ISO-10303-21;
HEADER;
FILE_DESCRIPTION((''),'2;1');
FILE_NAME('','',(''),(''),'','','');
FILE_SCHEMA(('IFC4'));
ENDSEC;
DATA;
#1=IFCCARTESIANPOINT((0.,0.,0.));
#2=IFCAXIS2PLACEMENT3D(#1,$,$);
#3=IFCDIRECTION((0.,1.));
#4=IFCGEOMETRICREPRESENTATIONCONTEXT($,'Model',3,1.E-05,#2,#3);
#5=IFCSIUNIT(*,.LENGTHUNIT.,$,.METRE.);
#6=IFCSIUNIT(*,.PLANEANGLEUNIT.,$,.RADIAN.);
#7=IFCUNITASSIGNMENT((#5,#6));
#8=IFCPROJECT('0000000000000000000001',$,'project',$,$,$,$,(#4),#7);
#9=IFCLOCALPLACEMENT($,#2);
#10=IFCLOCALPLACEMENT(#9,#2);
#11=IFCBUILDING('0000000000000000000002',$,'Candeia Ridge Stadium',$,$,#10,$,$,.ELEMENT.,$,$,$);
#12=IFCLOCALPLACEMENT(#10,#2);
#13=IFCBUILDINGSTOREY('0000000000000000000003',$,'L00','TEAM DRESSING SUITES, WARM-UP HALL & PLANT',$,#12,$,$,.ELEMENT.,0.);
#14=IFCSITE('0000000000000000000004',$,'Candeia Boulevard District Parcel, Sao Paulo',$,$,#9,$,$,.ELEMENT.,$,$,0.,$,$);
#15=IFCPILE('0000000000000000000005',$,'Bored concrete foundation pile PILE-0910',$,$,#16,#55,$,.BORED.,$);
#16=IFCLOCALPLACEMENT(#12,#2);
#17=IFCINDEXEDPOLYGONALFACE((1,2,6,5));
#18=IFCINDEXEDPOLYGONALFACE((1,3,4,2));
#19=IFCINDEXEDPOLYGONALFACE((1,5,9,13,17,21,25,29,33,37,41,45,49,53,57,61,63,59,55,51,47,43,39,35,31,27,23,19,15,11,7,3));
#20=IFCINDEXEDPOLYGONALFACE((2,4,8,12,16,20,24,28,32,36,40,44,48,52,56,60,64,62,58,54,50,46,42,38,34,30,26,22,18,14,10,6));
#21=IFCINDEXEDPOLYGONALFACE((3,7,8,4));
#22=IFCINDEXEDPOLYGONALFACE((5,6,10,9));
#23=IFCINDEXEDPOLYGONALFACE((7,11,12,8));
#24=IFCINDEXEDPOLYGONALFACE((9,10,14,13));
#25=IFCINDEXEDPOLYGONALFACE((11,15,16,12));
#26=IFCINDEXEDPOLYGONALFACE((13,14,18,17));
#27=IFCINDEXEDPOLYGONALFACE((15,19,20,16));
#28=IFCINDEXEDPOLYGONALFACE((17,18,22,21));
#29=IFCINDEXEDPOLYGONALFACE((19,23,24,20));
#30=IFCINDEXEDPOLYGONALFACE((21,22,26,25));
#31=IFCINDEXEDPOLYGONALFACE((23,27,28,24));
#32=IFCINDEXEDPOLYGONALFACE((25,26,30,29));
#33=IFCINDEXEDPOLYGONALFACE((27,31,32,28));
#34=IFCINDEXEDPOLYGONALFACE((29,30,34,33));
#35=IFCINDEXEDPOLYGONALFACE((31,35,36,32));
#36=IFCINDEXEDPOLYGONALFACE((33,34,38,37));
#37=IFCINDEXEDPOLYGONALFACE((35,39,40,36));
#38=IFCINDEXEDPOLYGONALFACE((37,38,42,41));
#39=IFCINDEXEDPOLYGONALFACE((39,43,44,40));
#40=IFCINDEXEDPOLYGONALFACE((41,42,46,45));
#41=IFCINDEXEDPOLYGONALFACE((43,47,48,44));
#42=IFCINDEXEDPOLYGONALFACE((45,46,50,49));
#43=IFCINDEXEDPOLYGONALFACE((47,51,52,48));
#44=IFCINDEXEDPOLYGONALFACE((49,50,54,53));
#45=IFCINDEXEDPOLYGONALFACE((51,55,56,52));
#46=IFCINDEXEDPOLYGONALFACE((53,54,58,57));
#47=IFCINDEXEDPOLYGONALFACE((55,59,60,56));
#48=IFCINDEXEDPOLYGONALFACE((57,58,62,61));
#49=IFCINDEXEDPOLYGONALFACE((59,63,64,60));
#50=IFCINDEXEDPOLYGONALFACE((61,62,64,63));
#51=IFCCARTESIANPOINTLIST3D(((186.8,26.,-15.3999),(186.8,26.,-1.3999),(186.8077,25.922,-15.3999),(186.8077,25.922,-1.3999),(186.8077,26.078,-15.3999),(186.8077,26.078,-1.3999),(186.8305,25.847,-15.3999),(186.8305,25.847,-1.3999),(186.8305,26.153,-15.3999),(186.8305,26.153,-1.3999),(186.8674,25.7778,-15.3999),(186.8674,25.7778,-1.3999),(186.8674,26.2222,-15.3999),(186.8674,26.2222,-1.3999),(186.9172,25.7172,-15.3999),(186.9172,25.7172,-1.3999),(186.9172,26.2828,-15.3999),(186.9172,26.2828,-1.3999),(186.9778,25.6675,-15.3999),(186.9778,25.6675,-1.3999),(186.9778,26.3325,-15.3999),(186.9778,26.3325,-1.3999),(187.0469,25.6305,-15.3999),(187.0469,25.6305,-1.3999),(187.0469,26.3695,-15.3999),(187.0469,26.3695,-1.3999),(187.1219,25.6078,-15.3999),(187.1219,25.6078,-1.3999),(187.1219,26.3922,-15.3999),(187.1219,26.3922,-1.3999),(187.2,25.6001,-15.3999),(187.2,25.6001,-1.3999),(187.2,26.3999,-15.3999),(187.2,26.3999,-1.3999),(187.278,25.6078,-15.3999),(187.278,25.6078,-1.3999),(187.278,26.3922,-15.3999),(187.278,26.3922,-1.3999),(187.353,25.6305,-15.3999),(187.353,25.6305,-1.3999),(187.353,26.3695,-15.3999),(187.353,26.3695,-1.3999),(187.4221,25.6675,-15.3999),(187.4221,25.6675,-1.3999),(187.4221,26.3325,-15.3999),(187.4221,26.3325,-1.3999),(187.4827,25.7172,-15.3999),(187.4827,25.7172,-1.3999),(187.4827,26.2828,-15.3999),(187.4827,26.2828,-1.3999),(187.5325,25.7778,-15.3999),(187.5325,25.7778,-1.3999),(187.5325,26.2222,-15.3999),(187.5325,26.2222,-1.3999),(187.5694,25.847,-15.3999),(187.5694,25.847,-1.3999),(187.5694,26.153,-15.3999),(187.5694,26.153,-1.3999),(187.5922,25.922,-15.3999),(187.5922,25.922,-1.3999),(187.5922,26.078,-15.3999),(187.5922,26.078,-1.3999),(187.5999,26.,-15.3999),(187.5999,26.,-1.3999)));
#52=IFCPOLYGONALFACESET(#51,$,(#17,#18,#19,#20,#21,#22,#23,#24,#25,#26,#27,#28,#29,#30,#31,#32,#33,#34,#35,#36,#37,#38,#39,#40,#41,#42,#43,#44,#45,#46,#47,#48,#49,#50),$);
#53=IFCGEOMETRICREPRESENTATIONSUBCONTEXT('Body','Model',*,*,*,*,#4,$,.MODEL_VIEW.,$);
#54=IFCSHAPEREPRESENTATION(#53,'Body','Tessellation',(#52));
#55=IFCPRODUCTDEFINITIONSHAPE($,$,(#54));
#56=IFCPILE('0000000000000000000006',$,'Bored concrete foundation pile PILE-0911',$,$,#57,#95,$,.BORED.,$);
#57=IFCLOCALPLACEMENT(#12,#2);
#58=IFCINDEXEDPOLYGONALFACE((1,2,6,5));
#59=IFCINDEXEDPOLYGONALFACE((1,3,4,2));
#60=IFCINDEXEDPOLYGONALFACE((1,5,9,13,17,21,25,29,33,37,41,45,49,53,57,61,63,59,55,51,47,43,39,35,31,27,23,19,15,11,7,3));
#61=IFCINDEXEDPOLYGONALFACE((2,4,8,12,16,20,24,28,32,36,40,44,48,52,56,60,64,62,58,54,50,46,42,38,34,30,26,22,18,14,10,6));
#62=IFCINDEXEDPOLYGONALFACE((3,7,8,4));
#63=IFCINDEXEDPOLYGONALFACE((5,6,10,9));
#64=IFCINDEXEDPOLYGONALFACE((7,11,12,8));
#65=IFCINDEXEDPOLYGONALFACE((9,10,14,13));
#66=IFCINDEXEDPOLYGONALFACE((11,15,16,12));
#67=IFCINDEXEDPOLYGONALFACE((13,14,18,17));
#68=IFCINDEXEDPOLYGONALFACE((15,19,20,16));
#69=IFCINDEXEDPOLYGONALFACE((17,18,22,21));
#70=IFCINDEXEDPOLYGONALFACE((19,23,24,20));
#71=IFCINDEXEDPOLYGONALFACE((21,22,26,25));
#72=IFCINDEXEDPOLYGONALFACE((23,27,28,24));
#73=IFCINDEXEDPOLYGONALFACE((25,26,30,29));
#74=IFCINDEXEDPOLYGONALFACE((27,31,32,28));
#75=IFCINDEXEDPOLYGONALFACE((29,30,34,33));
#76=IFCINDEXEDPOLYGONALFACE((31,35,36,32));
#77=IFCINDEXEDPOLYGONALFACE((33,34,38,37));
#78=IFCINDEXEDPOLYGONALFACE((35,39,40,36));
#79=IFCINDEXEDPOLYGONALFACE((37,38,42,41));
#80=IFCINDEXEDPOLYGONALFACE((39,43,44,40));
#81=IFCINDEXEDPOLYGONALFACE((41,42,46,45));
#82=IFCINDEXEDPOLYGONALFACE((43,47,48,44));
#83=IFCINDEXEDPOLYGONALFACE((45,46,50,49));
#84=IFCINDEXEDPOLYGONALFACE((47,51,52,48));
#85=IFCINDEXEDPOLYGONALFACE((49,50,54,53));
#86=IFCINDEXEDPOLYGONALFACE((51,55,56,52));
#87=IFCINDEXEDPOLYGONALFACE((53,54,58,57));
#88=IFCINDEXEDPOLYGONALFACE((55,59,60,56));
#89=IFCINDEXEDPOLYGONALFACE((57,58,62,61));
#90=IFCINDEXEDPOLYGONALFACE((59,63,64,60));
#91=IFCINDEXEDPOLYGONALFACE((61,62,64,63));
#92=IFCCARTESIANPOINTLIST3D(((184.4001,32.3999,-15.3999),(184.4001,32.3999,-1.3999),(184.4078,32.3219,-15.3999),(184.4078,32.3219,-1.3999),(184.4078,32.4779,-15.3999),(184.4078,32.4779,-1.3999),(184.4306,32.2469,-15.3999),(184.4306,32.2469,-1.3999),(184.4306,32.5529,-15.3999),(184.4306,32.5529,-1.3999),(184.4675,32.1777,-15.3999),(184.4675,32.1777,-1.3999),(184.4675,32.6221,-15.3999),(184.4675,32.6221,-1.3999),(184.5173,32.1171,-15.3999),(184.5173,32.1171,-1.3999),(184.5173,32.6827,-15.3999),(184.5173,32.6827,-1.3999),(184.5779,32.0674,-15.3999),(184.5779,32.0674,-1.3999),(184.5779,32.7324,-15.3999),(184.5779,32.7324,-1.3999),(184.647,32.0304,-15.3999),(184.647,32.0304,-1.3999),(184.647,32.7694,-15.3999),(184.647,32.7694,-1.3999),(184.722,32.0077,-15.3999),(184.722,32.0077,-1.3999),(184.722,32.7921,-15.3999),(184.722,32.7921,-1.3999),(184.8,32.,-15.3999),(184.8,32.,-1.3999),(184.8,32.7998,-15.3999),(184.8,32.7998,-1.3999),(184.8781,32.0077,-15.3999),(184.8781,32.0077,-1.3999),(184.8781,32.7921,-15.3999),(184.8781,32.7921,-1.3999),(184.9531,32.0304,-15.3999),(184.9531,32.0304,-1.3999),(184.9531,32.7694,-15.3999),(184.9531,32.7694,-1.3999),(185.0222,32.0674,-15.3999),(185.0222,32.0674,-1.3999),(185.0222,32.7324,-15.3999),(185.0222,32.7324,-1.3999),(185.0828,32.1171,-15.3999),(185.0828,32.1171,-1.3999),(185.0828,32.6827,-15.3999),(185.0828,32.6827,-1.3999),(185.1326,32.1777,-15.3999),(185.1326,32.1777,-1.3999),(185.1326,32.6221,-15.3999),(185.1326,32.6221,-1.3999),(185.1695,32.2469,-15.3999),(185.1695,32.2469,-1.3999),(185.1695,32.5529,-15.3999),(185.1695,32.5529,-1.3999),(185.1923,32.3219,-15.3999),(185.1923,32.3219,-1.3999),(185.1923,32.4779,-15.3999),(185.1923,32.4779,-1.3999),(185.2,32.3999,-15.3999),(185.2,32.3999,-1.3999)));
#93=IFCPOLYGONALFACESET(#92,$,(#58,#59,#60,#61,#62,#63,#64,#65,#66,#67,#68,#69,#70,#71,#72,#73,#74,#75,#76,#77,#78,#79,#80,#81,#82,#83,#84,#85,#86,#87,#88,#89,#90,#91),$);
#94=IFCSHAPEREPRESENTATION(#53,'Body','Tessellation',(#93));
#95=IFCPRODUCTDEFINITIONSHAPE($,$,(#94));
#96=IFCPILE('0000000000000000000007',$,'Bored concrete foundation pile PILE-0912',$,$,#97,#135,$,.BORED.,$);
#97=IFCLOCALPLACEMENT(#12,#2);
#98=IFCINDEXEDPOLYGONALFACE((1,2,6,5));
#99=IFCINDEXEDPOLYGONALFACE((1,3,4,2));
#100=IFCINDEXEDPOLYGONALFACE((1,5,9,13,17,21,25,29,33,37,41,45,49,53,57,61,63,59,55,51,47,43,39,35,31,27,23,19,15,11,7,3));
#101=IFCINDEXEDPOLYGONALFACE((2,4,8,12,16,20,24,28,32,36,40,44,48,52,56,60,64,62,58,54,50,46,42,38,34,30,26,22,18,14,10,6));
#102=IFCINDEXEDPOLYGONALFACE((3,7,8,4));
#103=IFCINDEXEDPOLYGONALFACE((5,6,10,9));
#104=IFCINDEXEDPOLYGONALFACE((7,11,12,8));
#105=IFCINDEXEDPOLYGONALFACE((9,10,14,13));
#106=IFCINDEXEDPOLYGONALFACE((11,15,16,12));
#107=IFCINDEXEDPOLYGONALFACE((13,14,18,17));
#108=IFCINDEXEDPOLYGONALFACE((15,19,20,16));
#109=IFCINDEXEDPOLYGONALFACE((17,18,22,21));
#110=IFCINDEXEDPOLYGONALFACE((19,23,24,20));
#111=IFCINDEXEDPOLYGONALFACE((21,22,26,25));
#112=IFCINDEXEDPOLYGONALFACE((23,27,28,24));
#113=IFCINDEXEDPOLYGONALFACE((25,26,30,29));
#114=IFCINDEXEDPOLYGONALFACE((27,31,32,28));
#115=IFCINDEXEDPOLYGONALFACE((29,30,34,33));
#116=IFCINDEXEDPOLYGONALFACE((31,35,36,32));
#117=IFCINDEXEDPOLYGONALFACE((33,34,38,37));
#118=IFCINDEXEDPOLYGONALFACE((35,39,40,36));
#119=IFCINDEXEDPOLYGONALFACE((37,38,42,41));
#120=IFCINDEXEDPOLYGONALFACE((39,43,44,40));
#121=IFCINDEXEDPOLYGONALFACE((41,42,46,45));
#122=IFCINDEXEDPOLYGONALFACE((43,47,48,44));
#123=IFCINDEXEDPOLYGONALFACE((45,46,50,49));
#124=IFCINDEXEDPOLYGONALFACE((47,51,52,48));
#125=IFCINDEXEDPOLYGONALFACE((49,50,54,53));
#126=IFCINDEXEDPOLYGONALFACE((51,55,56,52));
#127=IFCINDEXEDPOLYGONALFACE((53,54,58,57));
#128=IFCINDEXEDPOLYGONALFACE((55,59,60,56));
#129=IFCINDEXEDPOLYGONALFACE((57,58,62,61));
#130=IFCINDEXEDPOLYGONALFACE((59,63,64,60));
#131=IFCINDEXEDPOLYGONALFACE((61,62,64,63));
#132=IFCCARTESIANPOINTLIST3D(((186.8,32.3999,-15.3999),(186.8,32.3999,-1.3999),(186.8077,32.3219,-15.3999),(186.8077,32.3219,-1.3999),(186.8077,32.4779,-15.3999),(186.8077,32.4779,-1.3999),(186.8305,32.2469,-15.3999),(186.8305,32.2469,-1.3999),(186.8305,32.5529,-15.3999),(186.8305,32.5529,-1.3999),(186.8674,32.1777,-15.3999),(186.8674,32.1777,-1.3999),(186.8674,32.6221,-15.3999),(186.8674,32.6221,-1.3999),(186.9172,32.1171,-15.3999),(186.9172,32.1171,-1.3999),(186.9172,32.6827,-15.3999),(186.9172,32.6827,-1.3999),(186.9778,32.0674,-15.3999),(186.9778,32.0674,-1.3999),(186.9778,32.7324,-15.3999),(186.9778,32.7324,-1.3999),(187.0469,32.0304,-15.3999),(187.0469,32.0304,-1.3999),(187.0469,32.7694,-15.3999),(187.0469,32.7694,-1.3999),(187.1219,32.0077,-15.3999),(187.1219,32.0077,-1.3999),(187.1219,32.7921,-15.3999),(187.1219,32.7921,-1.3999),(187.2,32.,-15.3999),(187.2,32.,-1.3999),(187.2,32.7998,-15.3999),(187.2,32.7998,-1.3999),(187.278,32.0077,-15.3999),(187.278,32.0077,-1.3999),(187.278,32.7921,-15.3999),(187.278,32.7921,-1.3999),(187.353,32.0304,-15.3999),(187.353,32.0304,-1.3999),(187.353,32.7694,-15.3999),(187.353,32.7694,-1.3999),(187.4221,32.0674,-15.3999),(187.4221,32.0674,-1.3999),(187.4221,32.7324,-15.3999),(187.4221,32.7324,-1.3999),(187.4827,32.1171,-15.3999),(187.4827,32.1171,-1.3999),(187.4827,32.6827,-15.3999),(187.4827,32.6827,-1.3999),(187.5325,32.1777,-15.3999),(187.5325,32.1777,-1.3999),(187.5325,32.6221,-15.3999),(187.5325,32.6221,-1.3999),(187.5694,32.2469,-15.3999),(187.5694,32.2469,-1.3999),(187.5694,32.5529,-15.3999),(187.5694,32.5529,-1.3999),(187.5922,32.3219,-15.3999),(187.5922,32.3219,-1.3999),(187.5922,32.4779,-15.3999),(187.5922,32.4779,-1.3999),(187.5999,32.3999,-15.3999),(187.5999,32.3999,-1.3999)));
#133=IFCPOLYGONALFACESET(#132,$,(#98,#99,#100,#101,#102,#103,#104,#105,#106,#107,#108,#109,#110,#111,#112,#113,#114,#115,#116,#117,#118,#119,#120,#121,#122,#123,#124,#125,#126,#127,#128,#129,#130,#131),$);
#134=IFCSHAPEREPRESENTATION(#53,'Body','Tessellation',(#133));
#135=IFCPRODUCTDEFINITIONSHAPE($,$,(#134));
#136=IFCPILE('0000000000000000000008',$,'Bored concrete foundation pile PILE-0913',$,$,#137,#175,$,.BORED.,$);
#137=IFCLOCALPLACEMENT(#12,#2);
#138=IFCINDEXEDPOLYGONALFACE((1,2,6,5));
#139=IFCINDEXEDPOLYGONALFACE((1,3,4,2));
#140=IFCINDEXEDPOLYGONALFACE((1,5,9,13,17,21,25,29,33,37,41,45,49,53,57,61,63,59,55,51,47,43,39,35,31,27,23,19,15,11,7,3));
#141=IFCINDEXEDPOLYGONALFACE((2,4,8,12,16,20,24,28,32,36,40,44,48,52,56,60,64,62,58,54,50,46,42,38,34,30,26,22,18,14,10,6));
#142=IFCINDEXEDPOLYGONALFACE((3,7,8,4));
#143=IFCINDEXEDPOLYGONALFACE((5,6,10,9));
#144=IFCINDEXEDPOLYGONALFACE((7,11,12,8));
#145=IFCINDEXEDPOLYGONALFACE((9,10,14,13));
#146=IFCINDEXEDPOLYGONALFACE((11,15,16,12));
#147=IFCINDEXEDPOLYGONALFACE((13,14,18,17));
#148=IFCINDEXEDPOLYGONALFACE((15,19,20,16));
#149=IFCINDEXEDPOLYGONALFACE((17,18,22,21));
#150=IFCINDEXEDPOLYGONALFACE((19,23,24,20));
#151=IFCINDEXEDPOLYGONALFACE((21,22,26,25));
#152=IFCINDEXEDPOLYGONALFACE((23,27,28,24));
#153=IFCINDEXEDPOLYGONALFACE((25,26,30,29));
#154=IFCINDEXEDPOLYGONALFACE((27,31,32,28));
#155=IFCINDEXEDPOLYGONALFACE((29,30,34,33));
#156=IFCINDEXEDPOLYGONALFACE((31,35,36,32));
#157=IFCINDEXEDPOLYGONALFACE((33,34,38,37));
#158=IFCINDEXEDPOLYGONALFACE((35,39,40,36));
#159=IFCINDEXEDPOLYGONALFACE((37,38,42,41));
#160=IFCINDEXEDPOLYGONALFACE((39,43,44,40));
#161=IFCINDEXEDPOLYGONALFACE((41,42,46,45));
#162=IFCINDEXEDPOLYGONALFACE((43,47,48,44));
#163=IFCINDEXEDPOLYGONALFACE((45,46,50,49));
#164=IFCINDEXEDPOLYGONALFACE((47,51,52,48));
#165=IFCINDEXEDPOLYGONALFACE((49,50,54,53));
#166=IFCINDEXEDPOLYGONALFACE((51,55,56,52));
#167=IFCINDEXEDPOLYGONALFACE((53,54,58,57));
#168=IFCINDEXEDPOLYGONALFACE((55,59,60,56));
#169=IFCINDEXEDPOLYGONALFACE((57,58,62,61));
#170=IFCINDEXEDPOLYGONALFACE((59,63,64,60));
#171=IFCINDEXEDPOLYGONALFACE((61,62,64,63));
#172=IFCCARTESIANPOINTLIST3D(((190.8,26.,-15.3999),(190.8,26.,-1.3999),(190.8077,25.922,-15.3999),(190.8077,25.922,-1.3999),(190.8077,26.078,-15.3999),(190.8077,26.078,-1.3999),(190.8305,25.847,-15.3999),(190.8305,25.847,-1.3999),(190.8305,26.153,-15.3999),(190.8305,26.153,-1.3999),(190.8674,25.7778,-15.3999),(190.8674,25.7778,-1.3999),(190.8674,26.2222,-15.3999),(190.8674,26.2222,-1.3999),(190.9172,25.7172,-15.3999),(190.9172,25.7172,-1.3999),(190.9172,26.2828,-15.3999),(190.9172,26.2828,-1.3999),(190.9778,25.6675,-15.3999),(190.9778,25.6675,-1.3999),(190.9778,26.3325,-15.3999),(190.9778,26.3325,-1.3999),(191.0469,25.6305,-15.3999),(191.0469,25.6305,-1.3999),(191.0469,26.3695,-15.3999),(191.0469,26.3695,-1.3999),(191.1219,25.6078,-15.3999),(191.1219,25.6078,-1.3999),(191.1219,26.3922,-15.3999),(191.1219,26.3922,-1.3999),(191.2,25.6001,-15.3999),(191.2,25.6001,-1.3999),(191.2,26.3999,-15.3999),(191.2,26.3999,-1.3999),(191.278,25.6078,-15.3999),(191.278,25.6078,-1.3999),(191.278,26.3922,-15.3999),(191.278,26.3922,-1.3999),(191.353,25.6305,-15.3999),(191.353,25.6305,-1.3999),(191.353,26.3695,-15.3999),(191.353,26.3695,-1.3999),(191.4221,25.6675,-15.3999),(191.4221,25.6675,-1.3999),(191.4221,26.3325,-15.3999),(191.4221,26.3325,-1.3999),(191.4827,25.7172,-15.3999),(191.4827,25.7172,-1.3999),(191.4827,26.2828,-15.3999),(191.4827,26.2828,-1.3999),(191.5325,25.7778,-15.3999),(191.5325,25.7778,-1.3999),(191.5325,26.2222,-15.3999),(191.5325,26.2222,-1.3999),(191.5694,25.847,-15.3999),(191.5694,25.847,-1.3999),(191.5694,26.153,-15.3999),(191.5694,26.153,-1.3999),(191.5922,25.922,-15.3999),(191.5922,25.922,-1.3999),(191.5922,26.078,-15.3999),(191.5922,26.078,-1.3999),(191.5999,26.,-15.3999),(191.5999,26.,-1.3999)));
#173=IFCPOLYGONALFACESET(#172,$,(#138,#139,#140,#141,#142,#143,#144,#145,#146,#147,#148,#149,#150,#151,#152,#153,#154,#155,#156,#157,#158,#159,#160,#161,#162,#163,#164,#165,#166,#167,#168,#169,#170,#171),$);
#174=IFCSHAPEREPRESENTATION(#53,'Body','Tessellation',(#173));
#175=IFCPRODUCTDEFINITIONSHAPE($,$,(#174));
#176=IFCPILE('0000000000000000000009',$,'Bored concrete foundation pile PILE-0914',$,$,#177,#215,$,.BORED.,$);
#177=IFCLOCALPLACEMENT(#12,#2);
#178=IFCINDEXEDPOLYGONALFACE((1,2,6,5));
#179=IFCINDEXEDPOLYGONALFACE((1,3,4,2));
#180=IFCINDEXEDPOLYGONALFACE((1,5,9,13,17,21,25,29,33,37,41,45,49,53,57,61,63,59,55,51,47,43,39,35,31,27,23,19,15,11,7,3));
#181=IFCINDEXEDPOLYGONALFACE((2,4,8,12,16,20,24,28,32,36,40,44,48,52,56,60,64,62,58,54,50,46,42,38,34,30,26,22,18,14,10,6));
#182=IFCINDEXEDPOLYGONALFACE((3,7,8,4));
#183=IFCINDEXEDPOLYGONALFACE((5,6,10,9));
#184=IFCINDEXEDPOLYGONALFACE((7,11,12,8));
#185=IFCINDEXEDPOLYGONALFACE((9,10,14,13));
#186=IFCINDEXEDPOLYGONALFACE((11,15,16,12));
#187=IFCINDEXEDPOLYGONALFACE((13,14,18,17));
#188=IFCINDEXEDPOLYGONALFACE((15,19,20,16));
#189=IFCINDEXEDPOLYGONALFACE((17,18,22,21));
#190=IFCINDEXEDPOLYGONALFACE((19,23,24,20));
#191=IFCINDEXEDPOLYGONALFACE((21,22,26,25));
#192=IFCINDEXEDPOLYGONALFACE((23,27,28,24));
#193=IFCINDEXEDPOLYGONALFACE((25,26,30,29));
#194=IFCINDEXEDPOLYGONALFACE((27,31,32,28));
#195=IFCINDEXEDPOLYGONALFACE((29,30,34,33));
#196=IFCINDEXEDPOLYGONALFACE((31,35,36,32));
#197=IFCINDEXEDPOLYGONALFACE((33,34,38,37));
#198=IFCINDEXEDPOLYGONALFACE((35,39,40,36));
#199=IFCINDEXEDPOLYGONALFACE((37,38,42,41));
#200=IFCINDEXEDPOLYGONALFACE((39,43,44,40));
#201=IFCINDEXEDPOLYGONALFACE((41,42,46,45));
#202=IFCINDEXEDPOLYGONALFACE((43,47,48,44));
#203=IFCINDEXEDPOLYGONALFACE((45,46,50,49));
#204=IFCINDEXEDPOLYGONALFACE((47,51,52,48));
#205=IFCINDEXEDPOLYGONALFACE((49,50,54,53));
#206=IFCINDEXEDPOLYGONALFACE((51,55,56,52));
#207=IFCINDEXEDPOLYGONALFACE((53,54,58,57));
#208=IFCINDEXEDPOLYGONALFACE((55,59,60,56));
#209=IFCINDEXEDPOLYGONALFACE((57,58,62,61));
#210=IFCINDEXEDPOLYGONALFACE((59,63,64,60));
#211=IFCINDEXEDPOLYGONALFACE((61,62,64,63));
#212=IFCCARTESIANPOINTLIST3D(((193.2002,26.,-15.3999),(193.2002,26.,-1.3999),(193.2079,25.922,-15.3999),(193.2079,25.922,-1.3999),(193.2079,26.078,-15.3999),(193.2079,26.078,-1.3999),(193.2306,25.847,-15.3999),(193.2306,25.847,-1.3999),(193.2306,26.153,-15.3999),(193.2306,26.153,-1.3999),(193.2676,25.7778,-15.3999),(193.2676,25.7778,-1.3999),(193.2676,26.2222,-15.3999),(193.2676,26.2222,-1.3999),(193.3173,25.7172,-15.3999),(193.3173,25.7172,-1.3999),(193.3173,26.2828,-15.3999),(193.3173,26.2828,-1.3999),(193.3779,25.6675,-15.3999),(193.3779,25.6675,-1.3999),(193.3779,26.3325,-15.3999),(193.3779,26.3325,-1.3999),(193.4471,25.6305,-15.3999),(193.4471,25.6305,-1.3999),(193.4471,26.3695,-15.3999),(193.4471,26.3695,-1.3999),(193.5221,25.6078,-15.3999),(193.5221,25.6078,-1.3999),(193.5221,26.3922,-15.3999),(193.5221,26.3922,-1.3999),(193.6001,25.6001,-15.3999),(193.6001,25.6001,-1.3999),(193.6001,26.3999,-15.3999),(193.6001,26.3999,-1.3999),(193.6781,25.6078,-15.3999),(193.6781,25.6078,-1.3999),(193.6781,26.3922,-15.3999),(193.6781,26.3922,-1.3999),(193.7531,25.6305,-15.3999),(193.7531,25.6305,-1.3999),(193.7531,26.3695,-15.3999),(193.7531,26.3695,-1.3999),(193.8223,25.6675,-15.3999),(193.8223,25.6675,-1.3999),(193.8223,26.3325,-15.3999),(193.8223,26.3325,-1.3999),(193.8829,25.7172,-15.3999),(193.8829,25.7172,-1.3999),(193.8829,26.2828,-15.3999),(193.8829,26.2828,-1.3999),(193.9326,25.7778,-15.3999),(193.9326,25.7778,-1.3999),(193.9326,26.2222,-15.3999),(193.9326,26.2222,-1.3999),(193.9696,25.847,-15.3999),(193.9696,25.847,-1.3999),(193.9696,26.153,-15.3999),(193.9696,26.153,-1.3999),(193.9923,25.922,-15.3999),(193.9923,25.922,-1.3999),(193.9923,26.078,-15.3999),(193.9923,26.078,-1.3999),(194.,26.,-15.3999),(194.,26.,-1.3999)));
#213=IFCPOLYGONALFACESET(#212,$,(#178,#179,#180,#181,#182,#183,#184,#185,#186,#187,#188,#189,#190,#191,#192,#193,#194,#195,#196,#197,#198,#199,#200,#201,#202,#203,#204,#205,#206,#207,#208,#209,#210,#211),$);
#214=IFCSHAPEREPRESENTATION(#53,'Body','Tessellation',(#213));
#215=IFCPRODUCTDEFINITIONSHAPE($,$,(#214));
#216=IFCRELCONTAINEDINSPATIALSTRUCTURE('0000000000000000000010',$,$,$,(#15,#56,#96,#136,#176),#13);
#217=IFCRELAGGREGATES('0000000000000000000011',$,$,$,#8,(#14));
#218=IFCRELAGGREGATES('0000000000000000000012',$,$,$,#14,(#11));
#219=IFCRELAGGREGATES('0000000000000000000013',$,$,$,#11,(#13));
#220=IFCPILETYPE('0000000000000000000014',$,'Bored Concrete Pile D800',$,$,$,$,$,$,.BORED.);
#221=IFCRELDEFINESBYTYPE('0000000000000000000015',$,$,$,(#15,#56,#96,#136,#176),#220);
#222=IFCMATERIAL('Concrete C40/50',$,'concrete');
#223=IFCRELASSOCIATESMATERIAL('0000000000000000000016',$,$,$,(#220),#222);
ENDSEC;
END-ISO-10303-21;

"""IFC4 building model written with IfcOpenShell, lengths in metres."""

from ifc_helpers import new_model, si_unit, direction, frame, origin, origin_2d, place, context, subcontext, project, spatial, circle, extrude, material, material_profile, profile_set, type_object, element, save


model = new_model("IFC4")

# Units and contexts
model_context = context("Model", 3, precision=1e-05, world=origin(), true_north=direction((0.0, 1.0)))
body_context = subcontext(model_context, "Body", "Model", "MODEL_VIEW")
ifc_project = project(units=[si_unit("LENGTHUNIT", "METRE"), si_unit("PLANEANGLEUNIT", "RADIAN")], contexts=[model_context])

# Site, building, storey
site_placement = place(None, origin())
site = spatial("IfcSite", under=ifc_project, at=site_placement, Name="Candeia Boulevard District Parcel, Sao Paulo", CompositionType="ELEMENT", RefElevation=0.0)
building_placement = place(site_placement, origin())
building = spatial("IfcBuilding", under=site, at=building_placement, Name="Candeia Ridge Stadium", CompositionType="ELEMENT")
storey_placement = place(building_placement, origin())
storey = spatial("IfcBuildingStorey", under=building, at=storey_placement, Name="L00", Description="TEAM DRESSING SUITES, WARM-UP HALL & PLANT", CompositionType="ELEMENT", Elevation=0.0)

# Piles
ifc_material_1 = material(Name="Concrete C40/50", Category="concrete")
ifc_material_profile_1 = material_profile(ifc_material_1, circle(Radius=0.3999, at=origin_2d()), Name="PILE-D800", Category="concrete")
ifc_profile_set_1 = profile_set([ifc_material_profile_1], Name="Concrete C40/50")
pile_type_1 = type_object("IfcPileType", Name="Bored Concrete Pile D800", PredefinedType="BORED", material=ifc_profile_set_1)
for number, where, z_axis, x_axis, name in (
    (1, (187.2, 26.0, -1.3999), (0.0, 0.0, -1.0), (1.0, 0.0, 0.0), "Bored concrete foundation pile PILE-0910"),
    (2, (184.8, 32.3999, -1.3999), (0.0, 0.0, -1.0), (1.0, 0.0, 0.0), "Bored concrete foundation pile PILE-0911"),
    (3, (187.2, 32.3999, -1.3999), (0.0, 0.0, -1.0), (1.0, 0.0, 0.0), "Bored concrete foundation pile PILE-0912"),
    (4, (191.2, 26.0, -1.3999), (0.0, 0.0, -1.0), (1.0, 0.0, 0.0), "Bored concrete foundation pile PILE-0913"),
    (5, (193.6001, 26.0, -1.3999), (0.0, 0.0, -1.0), (1.0, 0.0, 0.0), "Bored concrete foundation pile PILE-0914"),
):
    element("IfcPile", number, at=place(storey_placement, frame(where, z_axis=z_axis, x_axis=x_axis)), inside=storey, type_object=pile_type_1, Name=name, PredefinedType="BORED", context=body_context, shape_type="SweptSolid", body=[
        extrude(circle(Radius=0.3999, at=origin_2d()), origin(), (0.0, 0.0, 1.0), 14.0),
    ])

save(model, "model.ifc")
